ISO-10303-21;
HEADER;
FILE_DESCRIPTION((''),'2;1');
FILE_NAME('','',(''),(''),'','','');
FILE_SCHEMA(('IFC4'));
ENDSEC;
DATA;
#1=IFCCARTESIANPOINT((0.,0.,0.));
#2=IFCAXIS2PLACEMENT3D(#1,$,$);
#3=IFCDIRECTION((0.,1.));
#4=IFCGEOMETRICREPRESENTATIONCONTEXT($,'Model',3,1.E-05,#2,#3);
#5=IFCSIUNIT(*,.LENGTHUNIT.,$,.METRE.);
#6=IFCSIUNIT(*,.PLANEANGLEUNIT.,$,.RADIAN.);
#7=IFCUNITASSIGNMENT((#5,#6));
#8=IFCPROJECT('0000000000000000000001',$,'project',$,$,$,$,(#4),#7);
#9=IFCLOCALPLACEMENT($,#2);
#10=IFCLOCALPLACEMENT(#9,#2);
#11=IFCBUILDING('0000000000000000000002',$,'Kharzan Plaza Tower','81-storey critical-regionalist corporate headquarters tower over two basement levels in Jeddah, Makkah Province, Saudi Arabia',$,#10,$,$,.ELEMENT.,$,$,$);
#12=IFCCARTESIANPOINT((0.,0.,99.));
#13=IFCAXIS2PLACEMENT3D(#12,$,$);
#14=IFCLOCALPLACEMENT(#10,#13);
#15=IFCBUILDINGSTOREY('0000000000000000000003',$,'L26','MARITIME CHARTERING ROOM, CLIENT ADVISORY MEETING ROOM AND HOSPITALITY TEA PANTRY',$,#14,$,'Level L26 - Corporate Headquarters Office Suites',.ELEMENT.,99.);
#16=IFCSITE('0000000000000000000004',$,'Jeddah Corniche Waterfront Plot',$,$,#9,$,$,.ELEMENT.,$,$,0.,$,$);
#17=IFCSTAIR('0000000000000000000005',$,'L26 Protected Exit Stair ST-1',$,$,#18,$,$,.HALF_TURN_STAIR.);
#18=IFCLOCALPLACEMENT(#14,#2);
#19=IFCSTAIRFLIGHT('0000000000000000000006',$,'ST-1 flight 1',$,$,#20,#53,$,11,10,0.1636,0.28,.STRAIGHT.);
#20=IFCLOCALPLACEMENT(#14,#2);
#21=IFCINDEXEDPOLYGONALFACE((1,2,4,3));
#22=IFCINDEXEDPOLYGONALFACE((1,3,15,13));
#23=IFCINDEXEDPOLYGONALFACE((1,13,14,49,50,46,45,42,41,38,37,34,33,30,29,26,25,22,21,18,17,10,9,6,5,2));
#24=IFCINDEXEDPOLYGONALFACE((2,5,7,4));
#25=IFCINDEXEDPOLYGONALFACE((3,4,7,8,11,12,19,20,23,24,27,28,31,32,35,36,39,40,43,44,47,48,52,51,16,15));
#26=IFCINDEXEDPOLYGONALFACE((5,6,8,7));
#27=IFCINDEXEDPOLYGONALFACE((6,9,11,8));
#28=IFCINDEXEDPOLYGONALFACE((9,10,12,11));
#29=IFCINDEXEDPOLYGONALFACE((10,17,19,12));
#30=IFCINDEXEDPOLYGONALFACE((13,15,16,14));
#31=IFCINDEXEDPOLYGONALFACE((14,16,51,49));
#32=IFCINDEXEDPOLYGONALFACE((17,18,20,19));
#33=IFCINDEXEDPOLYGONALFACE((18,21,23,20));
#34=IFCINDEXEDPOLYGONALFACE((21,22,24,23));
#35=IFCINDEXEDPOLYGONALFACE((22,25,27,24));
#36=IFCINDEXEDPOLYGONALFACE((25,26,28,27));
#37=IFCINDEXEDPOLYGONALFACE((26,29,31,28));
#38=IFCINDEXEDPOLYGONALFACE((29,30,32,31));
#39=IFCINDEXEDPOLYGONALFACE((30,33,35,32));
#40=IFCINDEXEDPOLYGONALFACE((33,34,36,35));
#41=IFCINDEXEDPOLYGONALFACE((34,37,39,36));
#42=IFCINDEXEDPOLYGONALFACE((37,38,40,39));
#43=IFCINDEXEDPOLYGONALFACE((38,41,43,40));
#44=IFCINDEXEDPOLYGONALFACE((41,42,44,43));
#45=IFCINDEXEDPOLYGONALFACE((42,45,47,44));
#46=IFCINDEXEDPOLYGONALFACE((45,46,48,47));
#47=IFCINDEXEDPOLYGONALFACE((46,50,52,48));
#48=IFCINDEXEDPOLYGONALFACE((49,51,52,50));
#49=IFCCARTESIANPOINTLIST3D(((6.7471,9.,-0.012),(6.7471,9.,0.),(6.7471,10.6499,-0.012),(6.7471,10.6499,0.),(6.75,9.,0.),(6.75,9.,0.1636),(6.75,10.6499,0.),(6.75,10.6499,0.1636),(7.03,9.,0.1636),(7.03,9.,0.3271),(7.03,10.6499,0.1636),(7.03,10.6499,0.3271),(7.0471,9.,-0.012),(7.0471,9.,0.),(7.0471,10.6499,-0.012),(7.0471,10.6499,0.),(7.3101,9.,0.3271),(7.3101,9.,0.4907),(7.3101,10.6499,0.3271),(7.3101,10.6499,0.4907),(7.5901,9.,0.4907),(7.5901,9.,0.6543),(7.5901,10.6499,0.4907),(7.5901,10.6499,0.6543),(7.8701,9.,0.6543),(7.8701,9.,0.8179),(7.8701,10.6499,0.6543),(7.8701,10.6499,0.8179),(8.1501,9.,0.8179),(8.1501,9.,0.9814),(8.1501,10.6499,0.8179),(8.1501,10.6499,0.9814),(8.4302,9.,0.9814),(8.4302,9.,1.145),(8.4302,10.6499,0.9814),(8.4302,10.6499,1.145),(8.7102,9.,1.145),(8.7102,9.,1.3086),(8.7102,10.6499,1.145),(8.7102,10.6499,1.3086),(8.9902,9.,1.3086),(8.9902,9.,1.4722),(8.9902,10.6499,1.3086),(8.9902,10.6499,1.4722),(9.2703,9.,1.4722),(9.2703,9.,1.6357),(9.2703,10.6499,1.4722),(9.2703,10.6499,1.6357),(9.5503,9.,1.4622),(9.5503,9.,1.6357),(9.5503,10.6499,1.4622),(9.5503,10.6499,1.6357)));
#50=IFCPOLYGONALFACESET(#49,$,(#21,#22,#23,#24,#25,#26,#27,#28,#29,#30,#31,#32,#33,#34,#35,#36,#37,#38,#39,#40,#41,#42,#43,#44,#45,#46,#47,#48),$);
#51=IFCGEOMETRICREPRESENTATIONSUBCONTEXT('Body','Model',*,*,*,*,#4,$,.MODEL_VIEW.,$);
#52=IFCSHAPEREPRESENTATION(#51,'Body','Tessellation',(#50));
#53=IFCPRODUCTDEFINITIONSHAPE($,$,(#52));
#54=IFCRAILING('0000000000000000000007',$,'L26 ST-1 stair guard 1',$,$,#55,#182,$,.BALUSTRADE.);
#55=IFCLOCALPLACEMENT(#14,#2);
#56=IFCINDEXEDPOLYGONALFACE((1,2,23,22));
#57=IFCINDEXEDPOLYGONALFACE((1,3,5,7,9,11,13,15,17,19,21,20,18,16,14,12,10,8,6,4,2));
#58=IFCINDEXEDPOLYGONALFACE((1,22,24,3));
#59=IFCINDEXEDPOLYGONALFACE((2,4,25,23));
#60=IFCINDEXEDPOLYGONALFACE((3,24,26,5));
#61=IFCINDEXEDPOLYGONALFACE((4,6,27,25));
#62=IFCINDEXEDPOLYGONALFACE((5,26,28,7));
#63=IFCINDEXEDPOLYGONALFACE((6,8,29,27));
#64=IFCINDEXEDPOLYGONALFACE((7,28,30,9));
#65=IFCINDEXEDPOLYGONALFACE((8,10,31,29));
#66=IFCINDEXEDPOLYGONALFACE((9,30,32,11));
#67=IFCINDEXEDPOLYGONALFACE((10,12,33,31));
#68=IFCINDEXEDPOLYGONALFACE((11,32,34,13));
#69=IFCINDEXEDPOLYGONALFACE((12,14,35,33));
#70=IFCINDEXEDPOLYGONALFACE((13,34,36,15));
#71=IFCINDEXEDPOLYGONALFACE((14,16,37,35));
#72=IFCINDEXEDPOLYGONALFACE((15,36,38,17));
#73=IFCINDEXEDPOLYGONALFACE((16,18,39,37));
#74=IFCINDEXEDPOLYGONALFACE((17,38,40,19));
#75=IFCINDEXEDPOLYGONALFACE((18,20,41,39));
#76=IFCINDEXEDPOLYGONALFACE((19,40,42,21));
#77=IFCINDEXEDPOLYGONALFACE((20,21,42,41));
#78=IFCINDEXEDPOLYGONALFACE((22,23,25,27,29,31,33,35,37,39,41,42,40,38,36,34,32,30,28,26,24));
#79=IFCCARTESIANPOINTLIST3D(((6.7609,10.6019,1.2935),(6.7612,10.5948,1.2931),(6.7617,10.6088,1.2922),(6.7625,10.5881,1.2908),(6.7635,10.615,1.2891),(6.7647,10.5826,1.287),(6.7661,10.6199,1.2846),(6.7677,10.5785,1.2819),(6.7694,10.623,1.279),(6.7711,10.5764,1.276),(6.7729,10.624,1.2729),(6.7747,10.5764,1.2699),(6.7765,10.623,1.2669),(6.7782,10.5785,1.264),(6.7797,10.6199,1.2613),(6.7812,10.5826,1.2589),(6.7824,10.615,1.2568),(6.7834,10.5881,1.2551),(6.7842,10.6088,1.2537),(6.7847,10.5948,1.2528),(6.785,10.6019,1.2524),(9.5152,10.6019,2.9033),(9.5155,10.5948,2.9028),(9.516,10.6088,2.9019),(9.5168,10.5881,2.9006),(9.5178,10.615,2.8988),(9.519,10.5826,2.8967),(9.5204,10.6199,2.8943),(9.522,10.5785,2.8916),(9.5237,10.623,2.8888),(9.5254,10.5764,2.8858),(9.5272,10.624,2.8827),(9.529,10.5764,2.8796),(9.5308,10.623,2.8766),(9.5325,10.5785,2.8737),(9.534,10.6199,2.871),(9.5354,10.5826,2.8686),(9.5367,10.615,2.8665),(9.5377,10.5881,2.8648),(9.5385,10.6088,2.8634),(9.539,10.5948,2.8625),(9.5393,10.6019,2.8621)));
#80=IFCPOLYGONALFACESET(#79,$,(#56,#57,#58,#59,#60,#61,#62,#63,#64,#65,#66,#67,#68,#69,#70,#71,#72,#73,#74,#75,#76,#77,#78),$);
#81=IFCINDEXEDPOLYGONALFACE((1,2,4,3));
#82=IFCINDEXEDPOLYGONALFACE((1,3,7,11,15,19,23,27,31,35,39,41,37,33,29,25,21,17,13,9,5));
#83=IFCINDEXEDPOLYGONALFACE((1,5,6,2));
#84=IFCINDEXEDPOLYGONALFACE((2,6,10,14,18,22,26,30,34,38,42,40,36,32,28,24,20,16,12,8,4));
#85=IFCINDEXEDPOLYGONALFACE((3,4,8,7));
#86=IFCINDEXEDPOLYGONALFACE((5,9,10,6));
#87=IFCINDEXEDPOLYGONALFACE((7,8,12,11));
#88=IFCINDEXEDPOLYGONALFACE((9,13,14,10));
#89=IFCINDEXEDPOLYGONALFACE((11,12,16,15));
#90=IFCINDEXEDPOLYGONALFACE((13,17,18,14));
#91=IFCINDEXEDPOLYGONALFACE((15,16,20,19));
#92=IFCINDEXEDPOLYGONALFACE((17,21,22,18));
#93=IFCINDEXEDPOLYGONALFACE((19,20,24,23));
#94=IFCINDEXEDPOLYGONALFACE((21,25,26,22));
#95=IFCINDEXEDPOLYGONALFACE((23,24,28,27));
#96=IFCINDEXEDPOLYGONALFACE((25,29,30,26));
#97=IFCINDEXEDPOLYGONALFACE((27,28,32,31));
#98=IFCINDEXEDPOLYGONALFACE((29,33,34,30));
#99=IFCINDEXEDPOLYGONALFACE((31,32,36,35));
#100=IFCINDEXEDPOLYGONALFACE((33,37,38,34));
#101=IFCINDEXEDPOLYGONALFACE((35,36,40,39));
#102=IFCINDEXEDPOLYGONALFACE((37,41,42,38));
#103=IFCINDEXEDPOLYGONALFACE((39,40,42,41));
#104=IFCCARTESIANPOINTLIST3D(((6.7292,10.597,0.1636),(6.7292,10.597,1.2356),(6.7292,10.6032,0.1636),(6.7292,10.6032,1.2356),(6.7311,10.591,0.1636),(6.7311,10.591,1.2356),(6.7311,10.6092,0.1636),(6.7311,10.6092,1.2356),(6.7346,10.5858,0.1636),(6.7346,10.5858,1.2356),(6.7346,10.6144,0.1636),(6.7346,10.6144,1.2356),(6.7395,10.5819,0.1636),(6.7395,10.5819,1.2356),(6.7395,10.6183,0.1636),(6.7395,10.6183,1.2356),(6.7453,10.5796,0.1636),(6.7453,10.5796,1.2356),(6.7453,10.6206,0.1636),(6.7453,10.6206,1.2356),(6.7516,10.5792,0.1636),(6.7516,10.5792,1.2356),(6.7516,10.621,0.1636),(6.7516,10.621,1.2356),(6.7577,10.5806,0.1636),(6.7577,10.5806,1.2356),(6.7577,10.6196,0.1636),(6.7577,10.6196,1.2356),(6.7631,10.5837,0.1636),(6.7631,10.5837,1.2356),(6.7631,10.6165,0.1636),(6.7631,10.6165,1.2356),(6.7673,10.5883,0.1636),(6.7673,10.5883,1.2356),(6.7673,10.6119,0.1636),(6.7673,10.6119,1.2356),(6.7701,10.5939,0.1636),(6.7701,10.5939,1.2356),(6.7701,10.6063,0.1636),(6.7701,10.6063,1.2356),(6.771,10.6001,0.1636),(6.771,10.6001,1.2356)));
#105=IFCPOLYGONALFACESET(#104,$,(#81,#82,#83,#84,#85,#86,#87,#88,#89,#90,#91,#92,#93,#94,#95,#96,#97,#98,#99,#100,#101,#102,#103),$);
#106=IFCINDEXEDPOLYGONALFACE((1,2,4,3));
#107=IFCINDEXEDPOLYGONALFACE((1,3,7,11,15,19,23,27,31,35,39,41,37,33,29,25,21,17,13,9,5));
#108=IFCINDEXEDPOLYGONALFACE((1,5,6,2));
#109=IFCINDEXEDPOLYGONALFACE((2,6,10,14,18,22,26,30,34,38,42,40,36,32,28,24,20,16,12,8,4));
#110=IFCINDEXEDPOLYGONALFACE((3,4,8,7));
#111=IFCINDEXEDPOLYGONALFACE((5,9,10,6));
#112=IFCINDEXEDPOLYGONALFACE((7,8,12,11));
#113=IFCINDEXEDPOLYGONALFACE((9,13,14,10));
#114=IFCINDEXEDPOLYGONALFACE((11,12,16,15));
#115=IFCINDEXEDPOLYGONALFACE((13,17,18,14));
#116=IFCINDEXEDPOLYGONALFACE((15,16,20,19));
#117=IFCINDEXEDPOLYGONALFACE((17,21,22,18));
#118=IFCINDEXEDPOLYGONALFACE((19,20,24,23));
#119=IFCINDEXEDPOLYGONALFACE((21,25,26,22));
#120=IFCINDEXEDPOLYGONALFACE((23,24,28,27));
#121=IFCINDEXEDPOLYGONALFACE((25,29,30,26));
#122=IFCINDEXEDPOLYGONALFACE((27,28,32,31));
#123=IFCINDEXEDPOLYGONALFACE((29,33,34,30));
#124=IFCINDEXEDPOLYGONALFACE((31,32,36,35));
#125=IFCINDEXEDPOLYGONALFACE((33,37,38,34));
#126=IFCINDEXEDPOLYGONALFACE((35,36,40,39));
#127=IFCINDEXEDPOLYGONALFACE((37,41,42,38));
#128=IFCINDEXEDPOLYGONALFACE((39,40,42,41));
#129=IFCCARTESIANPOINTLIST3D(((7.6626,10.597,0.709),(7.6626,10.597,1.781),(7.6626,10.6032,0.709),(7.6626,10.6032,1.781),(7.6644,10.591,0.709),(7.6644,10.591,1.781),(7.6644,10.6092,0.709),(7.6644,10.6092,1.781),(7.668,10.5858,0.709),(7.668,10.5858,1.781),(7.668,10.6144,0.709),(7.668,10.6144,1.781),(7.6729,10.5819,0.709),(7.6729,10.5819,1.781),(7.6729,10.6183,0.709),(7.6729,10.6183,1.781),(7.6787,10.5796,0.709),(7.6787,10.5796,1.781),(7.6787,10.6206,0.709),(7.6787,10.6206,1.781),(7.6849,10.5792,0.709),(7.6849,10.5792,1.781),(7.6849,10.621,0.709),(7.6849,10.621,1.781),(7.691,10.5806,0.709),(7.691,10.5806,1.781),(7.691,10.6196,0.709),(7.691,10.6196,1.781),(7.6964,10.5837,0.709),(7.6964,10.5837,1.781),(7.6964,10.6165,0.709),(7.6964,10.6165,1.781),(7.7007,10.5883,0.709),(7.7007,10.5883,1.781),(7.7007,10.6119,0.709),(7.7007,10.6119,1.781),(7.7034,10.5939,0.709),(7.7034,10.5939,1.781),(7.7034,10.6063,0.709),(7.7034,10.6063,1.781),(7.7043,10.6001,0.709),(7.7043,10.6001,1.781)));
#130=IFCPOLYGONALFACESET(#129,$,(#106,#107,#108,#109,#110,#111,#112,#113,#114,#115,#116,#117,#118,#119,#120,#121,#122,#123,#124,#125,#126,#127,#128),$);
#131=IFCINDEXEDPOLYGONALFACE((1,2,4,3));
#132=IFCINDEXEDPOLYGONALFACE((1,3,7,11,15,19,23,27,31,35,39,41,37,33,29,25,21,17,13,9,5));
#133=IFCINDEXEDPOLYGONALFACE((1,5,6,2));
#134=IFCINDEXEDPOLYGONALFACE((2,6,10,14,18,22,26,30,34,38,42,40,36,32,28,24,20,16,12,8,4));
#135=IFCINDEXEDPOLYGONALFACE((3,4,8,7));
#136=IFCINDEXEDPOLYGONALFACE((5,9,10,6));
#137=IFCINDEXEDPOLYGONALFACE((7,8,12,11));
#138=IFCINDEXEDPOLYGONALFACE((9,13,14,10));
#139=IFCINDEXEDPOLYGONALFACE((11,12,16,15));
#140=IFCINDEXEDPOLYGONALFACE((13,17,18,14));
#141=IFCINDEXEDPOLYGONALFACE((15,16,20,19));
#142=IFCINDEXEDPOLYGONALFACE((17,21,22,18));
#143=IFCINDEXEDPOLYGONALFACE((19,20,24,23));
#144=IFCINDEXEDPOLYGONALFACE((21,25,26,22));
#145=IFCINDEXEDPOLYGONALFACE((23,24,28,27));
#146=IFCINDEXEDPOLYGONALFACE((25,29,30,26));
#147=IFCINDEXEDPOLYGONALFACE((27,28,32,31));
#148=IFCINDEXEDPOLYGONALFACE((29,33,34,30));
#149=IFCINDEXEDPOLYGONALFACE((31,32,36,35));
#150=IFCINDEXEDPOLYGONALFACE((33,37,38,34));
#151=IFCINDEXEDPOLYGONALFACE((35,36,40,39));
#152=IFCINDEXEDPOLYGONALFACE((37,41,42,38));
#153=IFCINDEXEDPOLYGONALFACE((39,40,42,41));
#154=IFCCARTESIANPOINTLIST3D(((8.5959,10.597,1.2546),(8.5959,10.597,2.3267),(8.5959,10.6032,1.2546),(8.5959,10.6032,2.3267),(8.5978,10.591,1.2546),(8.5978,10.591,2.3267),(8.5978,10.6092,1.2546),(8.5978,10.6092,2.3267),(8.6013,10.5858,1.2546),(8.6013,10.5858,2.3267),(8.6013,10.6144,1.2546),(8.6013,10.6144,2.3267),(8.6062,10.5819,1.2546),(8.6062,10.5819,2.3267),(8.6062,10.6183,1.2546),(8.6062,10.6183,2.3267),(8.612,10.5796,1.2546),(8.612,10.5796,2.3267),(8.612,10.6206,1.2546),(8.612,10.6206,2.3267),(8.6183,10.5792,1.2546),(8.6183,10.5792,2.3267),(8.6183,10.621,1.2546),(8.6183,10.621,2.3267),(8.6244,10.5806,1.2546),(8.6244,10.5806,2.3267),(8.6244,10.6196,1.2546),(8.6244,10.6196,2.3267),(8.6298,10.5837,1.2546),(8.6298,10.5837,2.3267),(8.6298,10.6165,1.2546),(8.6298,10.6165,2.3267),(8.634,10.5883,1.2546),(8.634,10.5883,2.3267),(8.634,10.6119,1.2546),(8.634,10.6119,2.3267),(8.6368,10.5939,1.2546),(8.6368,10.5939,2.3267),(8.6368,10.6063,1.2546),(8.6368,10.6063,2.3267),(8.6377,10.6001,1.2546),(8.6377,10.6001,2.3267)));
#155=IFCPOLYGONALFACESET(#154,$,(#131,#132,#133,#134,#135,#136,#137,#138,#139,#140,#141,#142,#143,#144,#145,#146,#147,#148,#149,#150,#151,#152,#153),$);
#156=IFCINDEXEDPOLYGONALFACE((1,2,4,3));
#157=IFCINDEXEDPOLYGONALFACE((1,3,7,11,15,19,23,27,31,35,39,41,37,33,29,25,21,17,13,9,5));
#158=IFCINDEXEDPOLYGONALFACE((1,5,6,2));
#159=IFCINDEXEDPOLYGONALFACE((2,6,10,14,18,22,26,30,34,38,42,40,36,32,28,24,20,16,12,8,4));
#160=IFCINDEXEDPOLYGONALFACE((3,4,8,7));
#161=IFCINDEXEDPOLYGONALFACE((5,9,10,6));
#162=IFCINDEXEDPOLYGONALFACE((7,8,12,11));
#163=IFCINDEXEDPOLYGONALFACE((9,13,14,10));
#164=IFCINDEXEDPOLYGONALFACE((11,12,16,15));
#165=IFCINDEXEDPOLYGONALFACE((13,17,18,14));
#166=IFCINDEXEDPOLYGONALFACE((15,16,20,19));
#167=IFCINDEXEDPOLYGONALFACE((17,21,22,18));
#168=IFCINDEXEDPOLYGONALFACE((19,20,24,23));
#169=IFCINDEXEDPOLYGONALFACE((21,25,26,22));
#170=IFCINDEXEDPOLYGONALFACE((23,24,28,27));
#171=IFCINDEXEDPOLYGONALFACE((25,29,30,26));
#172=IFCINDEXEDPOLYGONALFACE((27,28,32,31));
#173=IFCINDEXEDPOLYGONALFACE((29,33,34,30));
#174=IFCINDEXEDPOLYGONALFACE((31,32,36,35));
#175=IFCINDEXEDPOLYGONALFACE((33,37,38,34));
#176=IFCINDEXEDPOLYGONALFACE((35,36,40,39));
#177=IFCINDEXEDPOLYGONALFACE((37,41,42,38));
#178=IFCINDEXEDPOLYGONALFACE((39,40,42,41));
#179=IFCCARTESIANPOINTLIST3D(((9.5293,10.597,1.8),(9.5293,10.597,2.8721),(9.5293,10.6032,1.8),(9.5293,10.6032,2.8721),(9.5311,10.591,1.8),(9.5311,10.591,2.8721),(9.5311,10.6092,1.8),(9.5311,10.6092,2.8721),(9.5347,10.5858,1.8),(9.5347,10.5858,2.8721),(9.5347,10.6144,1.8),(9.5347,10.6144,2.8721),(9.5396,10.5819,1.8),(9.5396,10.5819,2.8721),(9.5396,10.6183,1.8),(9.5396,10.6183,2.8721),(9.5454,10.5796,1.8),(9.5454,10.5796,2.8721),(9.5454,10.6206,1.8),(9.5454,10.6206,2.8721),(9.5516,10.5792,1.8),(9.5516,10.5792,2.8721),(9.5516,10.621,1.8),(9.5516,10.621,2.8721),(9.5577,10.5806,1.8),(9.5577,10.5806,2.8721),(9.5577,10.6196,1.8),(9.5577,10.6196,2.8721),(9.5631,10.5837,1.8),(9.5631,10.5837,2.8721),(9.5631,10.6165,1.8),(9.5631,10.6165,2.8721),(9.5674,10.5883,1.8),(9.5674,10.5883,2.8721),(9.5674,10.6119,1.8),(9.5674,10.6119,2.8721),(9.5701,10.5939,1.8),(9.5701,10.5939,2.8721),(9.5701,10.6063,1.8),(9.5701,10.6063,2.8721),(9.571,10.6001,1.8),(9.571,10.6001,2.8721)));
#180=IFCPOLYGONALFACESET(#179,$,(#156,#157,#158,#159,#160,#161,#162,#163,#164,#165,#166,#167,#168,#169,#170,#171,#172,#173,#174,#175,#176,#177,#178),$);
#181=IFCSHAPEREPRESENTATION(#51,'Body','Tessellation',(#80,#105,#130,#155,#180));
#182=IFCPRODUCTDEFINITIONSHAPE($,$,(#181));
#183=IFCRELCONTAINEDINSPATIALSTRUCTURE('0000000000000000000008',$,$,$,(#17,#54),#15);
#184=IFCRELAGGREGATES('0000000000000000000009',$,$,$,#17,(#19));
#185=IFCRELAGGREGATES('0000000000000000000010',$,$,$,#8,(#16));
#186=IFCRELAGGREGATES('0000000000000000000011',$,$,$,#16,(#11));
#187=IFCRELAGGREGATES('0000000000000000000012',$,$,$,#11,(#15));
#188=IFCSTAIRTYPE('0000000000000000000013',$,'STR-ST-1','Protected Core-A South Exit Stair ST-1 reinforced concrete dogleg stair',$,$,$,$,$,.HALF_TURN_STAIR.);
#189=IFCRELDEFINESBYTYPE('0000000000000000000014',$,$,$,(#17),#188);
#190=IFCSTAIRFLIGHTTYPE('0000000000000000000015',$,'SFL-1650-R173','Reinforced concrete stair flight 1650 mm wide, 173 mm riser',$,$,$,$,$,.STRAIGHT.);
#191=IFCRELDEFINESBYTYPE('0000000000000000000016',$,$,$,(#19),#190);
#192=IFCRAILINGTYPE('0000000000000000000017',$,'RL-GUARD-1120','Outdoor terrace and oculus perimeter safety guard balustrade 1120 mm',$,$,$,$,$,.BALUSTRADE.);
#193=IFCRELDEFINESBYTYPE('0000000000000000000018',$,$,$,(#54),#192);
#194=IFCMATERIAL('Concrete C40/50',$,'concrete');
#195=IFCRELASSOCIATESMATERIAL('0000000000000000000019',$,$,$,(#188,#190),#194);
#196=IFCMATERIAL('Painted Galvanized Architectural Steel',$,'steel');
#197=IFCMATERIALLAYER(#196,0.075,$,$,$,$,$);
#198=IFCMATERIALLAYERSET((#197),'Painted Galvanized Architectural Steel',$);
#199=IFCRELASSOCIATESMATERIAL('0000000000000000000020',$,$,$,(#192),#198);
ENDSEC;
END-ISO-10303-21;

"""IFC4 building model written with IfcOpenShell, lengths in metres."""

from ifc_helpers import new_model, si_unit, direction, frame, origin, origin_2d, place, context, subcontext, project, spatial, polyline, circle, outline, extrude, source, transform, mapped, material, layer, layer_set, type_object, element, aggregate, save


model = new_model("IFC4")

# Units and contexts
model_context = context("Model", 3, precision=1e-05, world=origin(), true_north=direction((0.0, 1.0)))
body_context = subcontext(model_context, "Body", "Model", "MODEL_VIEW")
ifc_project = project(units=[si_unit("LENGTHUNIT", "METRE"), si_unit("PLANEANGLEUNIT", "RADIAN")], contexts=[model_context])

# Site, building, storey
site_placement = place(None, origin())
site = spatial("IfcSite", under=ifc_project, at=site_placement, Name="Jeddah Corniche Waterfront Plot", CompositionType="ELEMENT", RefElevation=0.0)
building_placement = place(site_placement, origin())
building = spatial("IfcBuilding", under=site, at=building_placement, Name="Kharzan Plaza Tower", Description="81-storey critical-regionalist corporate headquarters tower over two basement levels in Jeddah, Makkah Province, Saudi Arabia", CompositionType="ELEMENT")
storey_placement = place(building_placement, frame((0.0, 0.0, 99.0)))
storey = spatial("IfcBuildingStorey", under=building, at=storey_placement, Name="L26", Description="MARITIME CHARTERING ROOM, CLIENT ADVISORY MEETING ROOM AND HOSPITALITY TEA PANTRY", LongName="Level L26 - Corporate Headquarters Office Suites", CompositionType="ELEMENT", Elevation=99.0)

# Shared definitions
ifc_material_1 = material(Name="Concrete C40/50", Category="concrete")

# Stair, stair flight
stair_type = type_object("IfcStairType", Name="STR-ST-1", Description="Protected Core-A South Exit Stair ST-1 reinforced concrete dogleg stair", PredefinedType="HALF_TURN_STAIR", material=ifc_material_1)
stair_placement = place(storey_placement, origin())
stair = element("IfcStair", 1, at=stair_placement, inside=storey, type_object=stair_type, Name="L26 Protected Exit Stair ST-1", PredefinedType="HALF_TURN_STAIR")
stair_flight_type = type_object("IfcStairFlightType", Name="SFL-1650-R173", Description="Reinforced concrete stair flight 1650 mm wide, 173 mm riser", PredefinedType="STRAIGHT", material=ifc_material_1)
shared_shape_1 = source(origin(), body_context, "Body", "SweptSolid", [
    extrude(outline(polyline([(-0.0029, -0.012), (-0.0029, 0.0), (0.0, 0.0), (0.0, 0.1636), (0.28, 0.1636), (0.28, 0.3271), (0.5601, 0.3271), (0.5601, 0.4907), (0.8401, 0.4907), (0.8401, 0.6543), (1.1201, 0.6543), (1.1201, 0.8179), (1.4001, 0.8179), (1.4001, 0.9814), (1.6802, 0.9814), (1.6802, 1.145), (1.9602, 1.145), (1.9602, 1.3086), (2.2402, 1.3086), (2.2402, 1.4722), (2.5203, 1.4722), (2.5203, 1.6357), (2.8003, 1.6357), (2.8003, 1.7993), (2.8003, 1.4622), (0.2971, 0.0), (0.2971, -0.012), (-0.0029, -0.012)])), frame((0.0, 0.825, 0.0), z_axis=(0.0, -1.0, 0.0), x_axis=(1.0, 0.0, 0.0)), (0.0, 0.0, 1.0), 1.6499),
])
stair_flight_placement = place(storey_placement, frame((6.75, 9.825, 0.0), z_axis=(0.0, 0.0, 1.0), x_axis=(1.0, 0.0, 0.0)))
stair_flight = element("IfcStairFlight", 2, at=stair_flight_placement, type_object=stair_flight_type, Name="ST-1 flight 1", NumberOfRisers=11, NumberOfTreads=10, PredefinedType="STRAIGHT", RiserHeight=0.1636, TreadLength=0.28, context=body_context, shape_type="MappedRepresentation", body=[
    mapped(shared_shape_1, transform((0.0, 0.0, 0.0), x_axis=(1.0, 0.0, 0.0), y_axis=(0.0, 1.0, 0.0), z_axis=(0.0, 0.0, 1.0))),
])
aggregate(stair, [stair_flight])

# Railing
ifc_material_2 = material(Name="Painted Galvanized Architectural Steel", Category="steel")
ifc_layer_1 = layer(ifc_material_2, 0.075)
ifc_layer_set_1 = layer_set([ifc_layer_1], Name="Painted Galvanized Architectural Steel")
railing_type_1 = type_object("IfcRailingType", Name="RL-GUARD-1120", Description="Outdoor terrace and oculus perimeter safety guard balustrade 1120 mm", PredefinedType="BALUSTRADE", material=ifc_layer_set_1)
shared_shape_2 = source(origin(), body_context, "Body", "SweptSolid", [
    extrude(circle(Radius=0.0239, at=origin_2d()), frame((0.0229, 0.0, 1.1094), z_axis=(0.863361, 0.0, 0.504587), x_axis=(0.0, 1.0, 0.0)), (0.0, 0.0, 1.0), 3.1902),
    extrude(circle(Radius=0.021, at=origin_2d()), origin(), (0.0, 0.0, 1.0), 1.072),
    extrude(circle(Radius=0.021, at=origin_2d()), frame((0.9333, 0.0, 0.5454)), (0.0, 0.0, 1.0), 1.072),
    extrude(circle(Radius=0.021, at=origin_2d()), frame((1.8667, 0.0, 1.0911)), (0.0, 0.0, 1.0), 1.072),
    extrude(circle(Radius=0.021, at=origin_2d()), frame((2.8, 0.0, 1.6365)), (0.0, 0.0, 1.0), 1.072),
])
railing_1_placement = place(storey_placement, frame((6.75, 10.6001, 0.1636)))
element("IfcRailing", 3, at=railing_1_placement, inside=storey, type_object=railing_type_1, Name="L26 ST-1 stair guard 1", PredefinedType="BALUSTRADE", context=body_context, shape_type="MappedRepresentation", body=[
    mapped(shared_shape_2, transform((0.0, 0.0, 0.0), x_axis=(1.0, 0.0, 0.0), y_axis=(0.0, 1.0, 0.0), z_axis=(0.0, 0.0, 1.0))),
])

save(model, "model.ifc")
